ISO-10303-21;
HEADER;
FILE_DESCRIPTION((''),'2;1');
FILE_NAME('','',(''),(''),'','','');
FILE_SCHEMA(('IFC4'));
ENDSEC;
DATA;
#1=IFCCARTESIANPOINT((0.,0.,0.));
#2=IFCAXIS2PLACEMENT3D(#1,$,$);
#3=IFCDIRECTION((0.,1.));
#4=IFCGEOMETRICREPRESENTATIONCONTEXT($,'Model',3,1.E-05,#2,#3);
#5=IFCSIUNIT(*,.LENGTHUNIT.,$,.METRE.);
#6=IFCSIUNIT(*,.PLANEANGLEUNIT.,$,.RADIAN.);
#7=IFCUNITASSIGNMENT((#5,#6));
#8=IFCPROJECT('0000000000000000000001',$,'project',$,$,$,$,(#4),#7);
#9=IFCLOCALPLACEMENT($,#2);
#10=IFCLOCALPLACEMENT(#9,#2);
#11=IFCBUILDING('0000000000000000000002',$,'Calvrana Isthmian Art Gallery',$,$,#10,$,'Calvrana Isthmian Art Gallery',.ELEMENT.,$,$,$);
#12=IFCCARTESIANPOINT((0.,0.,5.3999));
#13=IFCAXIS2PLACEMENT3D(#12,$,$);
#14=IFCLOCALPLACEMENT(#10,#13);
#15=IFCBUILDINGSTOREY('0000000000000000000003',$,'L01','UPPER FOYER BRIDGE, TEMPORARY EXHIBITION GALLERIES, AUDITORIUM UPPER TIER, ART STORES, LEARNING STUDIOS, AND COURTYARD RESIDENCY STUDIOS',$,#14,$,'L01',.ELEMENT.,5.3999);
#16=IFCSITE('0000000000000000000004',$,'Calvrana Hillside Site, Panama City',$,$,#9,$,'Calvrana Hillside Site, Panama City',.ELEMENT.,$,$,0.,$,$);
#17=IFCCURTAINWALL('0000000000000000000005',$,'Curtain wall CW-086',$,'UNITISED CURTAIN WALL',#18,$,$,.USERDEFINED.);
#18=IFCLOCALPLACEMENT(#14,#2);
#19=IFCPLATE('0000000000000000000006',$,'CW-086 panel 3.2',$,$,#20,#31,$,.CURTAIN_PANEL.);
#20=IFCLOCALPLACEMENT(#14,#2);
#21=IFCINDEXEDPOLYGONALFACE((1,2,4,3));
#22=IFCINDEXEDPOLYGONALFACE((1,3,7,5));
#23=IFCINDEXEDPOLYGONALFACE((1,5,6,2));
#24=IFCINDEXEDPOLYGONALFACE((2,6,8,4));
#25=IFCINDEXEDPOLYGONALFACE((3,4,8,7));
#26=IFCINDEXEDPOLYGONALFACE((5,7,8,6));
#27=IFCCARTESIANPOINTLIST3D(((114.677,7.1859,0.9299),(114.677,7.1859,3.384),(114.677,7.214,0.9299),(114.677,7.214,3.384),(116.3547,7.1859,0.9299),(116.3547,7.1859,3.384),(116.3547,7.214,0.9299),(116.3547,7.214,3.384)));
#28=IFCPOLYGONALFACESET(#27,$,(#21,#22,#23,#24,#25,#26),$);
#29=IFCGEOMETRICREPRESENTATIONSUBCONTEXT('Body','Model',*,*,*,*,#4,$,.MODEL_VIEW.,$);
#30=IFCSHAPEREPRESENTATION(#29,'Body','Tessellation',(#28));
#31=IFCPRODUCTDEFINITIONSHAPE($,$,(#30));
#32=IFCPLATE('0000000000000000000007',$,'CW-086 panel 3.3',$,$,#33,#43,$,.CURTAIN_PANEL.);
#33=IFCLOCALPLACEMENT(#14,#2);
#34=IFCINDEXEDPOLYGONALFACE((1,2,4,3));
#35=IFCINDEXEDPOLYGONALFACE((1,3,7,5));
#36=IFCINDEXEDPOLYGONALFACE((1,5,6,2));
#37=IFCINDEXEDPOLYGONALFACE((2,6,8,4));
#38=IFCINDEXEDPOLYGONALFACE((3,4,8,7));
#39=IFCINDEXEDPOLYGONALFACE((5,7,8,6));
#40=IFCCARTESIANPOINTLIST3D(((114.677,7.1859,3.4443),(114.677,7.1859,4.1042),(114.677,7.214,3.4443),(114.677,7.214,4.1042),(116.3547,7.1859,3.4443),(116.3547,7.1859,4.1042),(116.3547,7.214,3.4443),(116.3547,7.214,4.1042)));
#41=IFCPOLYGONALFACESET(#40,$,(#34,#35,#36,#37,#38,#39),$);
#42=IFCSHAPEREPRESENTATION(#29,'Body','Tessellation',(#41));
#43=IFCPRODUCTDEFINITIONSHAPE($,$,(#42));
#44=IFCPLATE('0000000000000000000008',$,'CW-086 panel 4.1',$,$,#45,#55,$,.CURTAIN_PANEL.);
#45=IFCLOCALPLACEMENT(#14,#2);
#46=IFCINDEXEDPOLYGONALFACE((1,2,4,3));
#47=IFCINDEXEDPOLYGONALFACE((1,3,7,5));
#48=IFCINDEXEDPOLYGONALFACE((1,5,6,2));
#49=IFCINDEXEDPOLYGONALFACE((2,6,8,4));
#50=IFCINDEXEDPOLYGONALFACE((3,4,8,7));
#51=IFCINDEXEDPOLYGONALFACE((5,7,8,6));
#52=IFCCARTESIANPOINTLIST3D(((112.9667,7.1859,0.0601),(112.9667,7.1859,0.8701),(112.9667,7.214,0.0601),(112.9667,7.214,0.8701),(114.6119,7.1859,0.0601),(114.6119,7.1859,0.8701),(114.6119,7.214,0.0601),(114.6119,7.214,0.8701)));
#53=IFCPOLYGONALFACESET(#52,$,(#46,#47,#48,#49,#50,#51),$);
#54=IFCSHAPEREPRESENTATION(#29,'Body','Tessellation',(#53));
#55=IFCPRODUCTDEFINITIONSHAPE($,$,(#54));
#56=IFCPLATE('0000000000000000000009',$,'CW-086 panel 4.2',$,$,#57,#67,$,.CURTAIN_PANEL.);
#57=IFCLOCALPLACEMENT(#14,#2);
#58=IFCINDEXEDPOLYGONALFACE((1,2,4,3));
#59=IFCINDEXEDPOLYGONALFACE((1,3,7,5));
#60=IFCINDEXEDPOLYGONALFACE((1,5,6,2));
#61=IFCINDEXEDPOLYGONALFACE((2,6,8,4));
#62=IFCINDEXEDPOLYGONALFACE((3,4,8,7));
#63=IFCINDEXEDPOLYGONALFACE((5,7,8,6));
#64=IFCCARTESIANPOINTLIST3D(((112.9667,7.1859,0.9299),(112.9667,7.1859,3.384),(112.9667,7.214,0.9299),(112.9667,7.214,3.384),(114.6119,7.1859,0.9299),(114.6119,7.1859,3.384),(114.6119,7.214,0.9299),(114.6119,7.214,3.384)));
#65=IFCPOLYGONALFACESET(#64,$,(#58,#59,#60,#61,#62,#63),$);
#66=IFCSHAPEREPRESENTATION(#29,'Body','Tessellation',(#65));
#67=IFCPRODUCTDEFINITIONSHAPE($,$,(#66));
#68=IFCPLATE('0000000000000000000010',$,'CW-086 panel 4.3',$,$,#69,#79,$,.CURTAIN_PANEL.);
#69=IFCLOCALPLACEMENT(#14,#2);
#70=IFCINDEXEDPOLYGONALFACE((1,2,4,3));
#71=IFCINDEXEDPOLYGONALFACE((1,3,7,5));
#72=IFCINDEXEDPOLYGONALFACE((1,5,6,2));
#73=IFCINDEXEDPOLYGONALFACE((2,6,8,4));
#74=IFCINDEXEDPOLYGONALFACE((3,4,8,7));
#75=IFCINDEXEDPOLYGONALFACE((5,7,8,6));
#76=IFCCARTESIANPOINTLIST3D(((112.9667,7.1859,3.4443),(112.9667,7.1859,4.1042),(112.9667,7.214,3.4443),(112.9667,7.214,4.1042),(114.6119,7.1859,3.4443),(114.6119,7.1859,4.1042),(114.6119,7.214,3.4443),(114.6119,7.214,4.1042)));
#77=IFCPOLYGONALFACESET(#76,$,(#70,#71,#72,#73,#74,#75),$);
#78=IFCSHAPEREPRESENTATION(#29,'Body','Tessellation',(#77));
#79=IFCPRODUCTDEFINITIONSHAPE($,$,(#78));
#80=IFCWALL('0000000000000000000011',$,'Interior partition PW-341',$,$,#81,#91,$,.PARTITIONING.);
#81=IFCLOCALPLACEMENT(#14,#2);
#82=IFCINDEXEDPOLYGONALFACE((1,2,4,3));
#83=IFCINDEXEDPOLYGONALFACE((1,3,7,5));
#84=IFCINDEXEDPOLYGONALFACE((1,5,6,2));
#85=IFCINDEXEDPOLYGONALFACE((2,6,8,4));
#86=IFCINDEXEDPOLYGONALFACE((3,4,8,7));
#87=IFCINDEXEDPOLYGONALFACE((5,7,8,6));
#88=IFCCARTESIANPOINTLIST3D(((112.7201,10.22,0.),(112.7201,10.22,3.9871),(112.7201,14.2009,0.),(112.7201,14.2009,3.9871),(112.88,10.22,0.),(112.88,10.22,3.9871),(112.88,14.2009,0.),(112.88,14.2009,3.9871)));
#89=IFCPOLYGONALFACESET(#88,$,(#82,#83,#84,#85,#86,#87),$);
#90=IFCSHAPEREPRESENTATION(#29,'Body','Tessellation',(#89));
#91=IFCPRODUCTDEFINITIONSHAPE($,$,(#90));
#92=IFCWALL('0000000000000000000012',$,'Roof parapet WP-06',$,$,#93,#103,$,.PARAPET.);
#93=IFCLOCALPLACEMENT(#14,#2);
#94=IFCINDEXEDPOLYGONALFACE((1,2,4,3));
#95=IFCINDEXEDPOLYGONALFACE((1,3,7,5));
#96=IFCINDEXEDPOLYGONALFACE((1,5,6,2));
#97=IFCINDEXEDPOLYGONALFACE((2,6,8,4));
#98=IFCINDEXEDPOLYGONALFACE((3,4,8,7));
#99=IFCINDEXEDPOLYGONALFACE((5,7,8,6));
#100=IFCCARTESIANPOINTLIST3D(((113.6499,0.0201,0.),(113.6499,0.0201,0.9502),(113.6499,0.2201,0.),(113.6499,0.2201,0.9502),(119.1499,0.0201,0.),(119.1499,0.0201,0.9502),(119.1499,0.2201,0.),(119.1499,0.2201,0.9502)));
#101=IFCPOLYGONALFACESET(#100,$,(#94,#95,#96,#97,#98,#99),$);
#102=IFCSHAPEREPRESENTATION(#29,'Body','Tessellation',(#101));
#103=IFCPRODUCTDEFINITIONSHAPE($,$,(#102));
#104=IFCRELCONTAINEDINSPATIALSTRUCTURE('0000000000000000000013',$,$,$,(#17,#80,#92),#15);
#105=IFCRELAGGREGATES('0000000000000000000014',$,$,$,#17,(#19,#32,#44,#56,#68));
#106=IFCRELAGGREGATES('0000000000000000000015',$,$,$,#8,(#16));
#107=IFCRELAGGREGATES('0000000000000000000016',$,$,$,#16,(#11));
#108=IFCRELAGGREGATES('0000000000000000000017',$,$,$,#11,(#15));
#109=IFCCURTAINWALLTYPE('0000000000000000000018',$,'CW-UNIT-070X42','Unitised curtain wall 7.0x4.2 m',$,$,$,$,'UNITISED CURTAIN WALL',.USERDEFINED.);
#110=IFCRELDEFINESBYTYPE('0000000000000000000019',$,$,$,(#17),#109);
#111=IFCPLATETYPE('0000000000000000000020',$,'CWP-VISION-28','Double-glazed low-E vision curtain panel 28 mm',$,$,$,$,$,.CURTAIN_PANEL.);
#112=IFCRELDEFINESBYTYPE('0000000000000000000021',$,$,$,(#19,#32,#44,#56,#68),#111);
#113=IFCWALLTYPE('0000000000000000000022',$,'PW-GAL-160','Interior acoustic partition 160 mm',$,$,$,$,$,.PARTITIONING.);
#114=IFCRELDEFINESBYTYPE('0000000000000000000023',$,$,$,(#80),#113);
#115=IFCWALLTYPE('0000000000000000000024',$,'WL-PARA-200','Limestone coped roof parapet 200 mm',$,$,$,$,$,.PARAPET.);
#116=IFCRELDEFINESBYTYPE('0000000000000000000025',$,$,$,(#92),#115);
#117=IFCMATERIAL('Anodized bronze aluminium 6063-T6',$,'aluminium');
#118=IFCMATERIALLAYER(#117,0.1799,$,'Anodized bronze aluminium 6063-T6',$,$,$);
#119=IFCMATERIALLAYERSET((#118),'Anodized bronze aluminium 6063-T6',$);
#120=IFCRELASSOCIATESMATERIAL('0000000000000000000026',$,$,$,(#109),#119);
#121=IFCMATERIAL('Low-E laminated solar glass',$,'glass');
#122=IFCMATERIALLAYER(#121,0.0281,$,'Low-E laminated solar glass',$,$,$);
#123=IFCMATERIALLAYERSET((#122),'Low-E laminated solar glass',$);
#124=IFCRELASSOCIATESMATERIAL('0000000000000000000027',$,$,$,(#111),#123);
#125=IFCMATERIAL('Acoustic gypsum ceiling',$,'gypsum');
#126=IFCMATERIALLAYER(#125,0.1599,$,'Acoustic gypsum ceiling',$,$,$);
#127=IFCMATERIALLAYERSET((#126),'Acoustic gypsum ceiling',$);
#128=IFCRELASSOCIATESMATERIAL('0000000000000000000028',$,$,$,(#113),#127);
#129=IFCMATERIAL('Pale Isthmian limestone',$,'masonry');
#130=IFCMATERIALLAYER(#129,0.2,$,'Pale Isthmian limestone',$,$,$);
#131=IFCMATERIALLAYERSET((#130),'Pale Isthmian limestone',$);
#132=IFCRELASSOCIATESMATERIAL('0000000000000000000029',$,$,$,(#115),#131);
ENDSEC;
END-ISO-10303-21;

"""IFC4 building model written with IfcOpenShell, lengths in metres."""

from ifc_helpers import new_model, si_unit, direction, frame, frame_2d, origin, origin_2d, place, context, subcontext, project, spatial, rectangle, extrude, material, layer, layer_set, type_object, element, aggregate, save


model = new_model("IFC4")

# Units and contexts
model_context = context("Model", 3, precision=1e-05, world=origin(), true_north=direction((0.0, 1.0)))
body_context = subcontext(model_context, "Body", "Model", "MODEL_VIEW")
ifc_project = project(units=[si_unit("LENGTHUNIT", "METRE"), si_unit("PLANEANGLEUNIT", "RADIAN")], contexts=[model_context])

# Site, building, storey
site_placement = place(None, origin())
site = spatial("IfcSite", under=ifc_project, at=site_placement, Name="Calvrana Hillside Site, Panama City", LongName="Calvrana Hillside Site, Panama City", CompositionType="ELEMENT", RefElevation=0.0)
building_placement = place(site_placement, origin())
building = spatial("IfcBuilding", under=site, at=building_placement, Name="Calvrana Isthmian Art Gallery", LongName="Calvrana Isthmian Art Gallery", CompositionType="ELEMENT")
storey_placement = place(building_placement, frame((0.0, 0.0, 5.3999)))
storey = spatial("IfcBuildingStorey", under=building, at=storey_placement, Name="L01", Description="UPPER FOYER BRIDGE, TEMPORARY EXHIBITION GALLERIES, AUDITORIUM UPPER TIER, ART STORES, LEARNING STUDIOS, AND COURTYARD RESIDENCY STUDIOS", LongName="L01", CompositionType="ELEMENT", Elevation=5.3999)

# Curtain wall, plates
ifc_material_1 = material(Name="Anodized bronze aluminium 6063-T6", Category="aluminium")
ifc_layer_1 = layer(ifc_material_1, 0.1799, Name="Anodized bronze aluminium 6063-T6")
ifc_layer_set_1 = layer_set([ifc_layer_1], Name="Anodized bronze aluminium 6063-T6")
curtain_wall_type = type_object("IfcCurtainWallType", Name="CW-UNIT-070X42", Description="Unitised curtain wall 7.0x4.2 m", ElementType="UNITISED CURTAIN WALL", PredefinedType="USERDEFINED", material=ifc_layer_set_1)
curtain_wall_placement = place(storey_placement, origin())
curtain_wall = element("IfcCurtainWall", 1, at=curtain_wall_placement, inside=storey, type_object=curtain_wall_type, Name="Curtain wall CW-086", ObjectType="UNITISED CURTAIN WALL", PredefinedType="USERDEFINED")
ifc_material_2 = material(Name="Low-E laminated solar glass", Category="glass")
ifc_layer_2 = layer(ifc_material_2, 0.0281, Name="Low-E laminated solar glass")
ifc_layer_set_2 = layer_set([ifc_layer_2], Name="Low-E laminated solar glass")
plate_type = type_object("IfcPlateType", Name="CWP-VISION-28", Description="Double-glazed low-E vision curtain panel 28 mm", PredefinedType="CURTAIN_PANEL", material=ifc_layer_set_2)
plate_1_placement = place(storey_placement, frame((115.5159, 7.2, 0.9299), z_axis=(0.0, 0.0, 1.0), x_axis=(-1.0, 0.0, 0.0)))
plate_1 = element("IfcPlate", 2, at=plate_1_placement, type_object=plate_type, Name="CW-086 panel 3.2", PredefinedType="CURTAIN_PANEL", context=body_context, shape_type="SweptSolid", body=[
    extrude(rectangle(XDim=1.6777, YDim=0.0281, at=origin_2d()), origin(), (0.0, 0.0, 1.0), 2.4541),
])
plate_2_placement = place(storey_placement, frame((115.5159, 7.2, 3.4443), z_axis=(0.0, 0.0, 1.0), x_axis=(-1.0, 0.0, 0.0)))
plate_2 = element("IfcPlate", 3, at=plate_2_placement, type_object=plate_type, Name="CW-086 panel 3.3", PredefinedType="CURTAIN_PANEL", context=body_context, shape_type="SweptSolid", body=[
    extrude(rectangle(XDim=1.6777, YDim=0.0281, at=origin_2d()), origin(), (0.0, 0.0, 1.0), 0.6599),
])
plate_3_placement = place(storey_placement, frame((113.7893, 7.2, 0.0601), z_axis=(0.0, 0.0, 1.0), x_axis=(-1.0, 0.0, 0.0)))
plate_3 = element("IfcPlate", 4, at=plate_3_placement, type_object=plate_type, Name="CW-086 panel 4.1", PredefinedType="CURTAIN_PANEL", context=body_context, shape_type="SweptSolid", body=[
    extrude(rectangle(XDim=1.6453, YDim=0.0281, at=origin_2d()), origin(), (0.0, 0.0, 1.0), 0.8101),
])
plate_4_placement = place(storey_placement, frame((113.7893, 7.2, 0.9299), z_axis=(0.0, 0.0, 1.0), x_axis=(-1.0, 0.0, 0.0)))
plate_4 = element("IfcPlate", 5, at=plate_4_placement, type_object=plate_type, Name="CW-086 panel 4.2", PredefinedType="CURTAIN_PANEL", context=body_context, shape_type="SweptSolid", body=[
    extrude(rectangle(XDim=1.6453, YDim=0.0281, at=origin_2d()), origin(), (0.0, 0.0, 1.0), 2.4541),
])
plate_5_placement = place(storey_placement, frame((113.7893, 7.2, 3.4443), z_axis=(0.0, 0.0, 1.0), x_axis=(-1.0, 0.0, 0.0)))
plate_5 = element("IfcPlate", 6, at=plate_5_placement, type_object=plate_type, Name="CW-086 panel 4.3", PredefinedType="CURTAIN_PANEL", context=body_context, shape_type="SweptSolid", body=[
    extrude(rectangle(XDim=1.6453, YDim=0.0281, at=origin_2d()), origin(), (0.0, 0.0, 1.0), 0.6599),
])
aggregate(curtain_wall, [plate_1, plate_2, plate_3, plate_4, plate_5])

# Walls
ifc_material_3 = material(Name="Acoustic gypsum ceiling", Category="gypsum")
ifc_layer_3 = layer(ifc_material_3, 0.1599, Name="Acoustic gypsum ceiling")
ifc_layer_set_3 = layer_set([ifc_layer_3], Name="Acoustic gypsum ceiling")
wall_type_1 = type_object("IfcWallType", Name="PW-GAL-160", Description="Interior acoustic partition 160 mm", PredefinedType="PARTITIONING", material=ifc_layer_set_3)
wall_1_placement = place(storey_placement, frame((112.8, 10.22, 0.0), z_axis=(0.0, 0.0, 1.0), x_axis=(0.0, 1.0, 0.0)))
element("IfcWall", 7, at=wall_1_placement, inside=storey, type_object=wall_type_1, Name="Interior partition PW-341", PredefinedType="PARTITIONING", context=body_context, shape_type="SweptSolid", body=[
    extrude(rectangle(XDim=3.981, YDim=0.1599, at=frame_2d((1.9905, 0.0))), origin(), (0.0, 0.0, 1.0), 3.9871),
])
ifc_material_4 = material(Name="Pale Isthmian limestone", Category="masonry")
ifc_layer_4 = layer(ifc_material_4, 0.2, Name="Pale Isthmian limestone")
ifc_layer_set_4 = layer_set([ifc_layer_4], Name="Pale Isthmian limestone")
wall_type_2 = type_object("IfcWallType", Name="WL-PARA-200", Description="Limestone coped roof parapet 200 mm", PredefinedType="PARAPET", material=ifc_layer_set_4)
wall_2_placement = place(storey_placement, frame((113.6499, 0.1201, 0.0), z_axis=(0.0, 0.0, 1.0), x_axis=(1.0, 0.0, 0.0)))
element("IfcWall", 8, at=wall_2_placement, inside=storey, type_object=wall_type_2, Name="Roof parapet WP-06", PredefinedType="PARAPET", context=body_context, shape_type="SweptSolid", body=[
    extrude(rectangle(XDim=5.5, YDim=0.2, at=frame_2d((2.75, 0.0))), origin(), (0.0, 0.0, 1.0), 0.9502),
])

save(model, "model.ifc")
